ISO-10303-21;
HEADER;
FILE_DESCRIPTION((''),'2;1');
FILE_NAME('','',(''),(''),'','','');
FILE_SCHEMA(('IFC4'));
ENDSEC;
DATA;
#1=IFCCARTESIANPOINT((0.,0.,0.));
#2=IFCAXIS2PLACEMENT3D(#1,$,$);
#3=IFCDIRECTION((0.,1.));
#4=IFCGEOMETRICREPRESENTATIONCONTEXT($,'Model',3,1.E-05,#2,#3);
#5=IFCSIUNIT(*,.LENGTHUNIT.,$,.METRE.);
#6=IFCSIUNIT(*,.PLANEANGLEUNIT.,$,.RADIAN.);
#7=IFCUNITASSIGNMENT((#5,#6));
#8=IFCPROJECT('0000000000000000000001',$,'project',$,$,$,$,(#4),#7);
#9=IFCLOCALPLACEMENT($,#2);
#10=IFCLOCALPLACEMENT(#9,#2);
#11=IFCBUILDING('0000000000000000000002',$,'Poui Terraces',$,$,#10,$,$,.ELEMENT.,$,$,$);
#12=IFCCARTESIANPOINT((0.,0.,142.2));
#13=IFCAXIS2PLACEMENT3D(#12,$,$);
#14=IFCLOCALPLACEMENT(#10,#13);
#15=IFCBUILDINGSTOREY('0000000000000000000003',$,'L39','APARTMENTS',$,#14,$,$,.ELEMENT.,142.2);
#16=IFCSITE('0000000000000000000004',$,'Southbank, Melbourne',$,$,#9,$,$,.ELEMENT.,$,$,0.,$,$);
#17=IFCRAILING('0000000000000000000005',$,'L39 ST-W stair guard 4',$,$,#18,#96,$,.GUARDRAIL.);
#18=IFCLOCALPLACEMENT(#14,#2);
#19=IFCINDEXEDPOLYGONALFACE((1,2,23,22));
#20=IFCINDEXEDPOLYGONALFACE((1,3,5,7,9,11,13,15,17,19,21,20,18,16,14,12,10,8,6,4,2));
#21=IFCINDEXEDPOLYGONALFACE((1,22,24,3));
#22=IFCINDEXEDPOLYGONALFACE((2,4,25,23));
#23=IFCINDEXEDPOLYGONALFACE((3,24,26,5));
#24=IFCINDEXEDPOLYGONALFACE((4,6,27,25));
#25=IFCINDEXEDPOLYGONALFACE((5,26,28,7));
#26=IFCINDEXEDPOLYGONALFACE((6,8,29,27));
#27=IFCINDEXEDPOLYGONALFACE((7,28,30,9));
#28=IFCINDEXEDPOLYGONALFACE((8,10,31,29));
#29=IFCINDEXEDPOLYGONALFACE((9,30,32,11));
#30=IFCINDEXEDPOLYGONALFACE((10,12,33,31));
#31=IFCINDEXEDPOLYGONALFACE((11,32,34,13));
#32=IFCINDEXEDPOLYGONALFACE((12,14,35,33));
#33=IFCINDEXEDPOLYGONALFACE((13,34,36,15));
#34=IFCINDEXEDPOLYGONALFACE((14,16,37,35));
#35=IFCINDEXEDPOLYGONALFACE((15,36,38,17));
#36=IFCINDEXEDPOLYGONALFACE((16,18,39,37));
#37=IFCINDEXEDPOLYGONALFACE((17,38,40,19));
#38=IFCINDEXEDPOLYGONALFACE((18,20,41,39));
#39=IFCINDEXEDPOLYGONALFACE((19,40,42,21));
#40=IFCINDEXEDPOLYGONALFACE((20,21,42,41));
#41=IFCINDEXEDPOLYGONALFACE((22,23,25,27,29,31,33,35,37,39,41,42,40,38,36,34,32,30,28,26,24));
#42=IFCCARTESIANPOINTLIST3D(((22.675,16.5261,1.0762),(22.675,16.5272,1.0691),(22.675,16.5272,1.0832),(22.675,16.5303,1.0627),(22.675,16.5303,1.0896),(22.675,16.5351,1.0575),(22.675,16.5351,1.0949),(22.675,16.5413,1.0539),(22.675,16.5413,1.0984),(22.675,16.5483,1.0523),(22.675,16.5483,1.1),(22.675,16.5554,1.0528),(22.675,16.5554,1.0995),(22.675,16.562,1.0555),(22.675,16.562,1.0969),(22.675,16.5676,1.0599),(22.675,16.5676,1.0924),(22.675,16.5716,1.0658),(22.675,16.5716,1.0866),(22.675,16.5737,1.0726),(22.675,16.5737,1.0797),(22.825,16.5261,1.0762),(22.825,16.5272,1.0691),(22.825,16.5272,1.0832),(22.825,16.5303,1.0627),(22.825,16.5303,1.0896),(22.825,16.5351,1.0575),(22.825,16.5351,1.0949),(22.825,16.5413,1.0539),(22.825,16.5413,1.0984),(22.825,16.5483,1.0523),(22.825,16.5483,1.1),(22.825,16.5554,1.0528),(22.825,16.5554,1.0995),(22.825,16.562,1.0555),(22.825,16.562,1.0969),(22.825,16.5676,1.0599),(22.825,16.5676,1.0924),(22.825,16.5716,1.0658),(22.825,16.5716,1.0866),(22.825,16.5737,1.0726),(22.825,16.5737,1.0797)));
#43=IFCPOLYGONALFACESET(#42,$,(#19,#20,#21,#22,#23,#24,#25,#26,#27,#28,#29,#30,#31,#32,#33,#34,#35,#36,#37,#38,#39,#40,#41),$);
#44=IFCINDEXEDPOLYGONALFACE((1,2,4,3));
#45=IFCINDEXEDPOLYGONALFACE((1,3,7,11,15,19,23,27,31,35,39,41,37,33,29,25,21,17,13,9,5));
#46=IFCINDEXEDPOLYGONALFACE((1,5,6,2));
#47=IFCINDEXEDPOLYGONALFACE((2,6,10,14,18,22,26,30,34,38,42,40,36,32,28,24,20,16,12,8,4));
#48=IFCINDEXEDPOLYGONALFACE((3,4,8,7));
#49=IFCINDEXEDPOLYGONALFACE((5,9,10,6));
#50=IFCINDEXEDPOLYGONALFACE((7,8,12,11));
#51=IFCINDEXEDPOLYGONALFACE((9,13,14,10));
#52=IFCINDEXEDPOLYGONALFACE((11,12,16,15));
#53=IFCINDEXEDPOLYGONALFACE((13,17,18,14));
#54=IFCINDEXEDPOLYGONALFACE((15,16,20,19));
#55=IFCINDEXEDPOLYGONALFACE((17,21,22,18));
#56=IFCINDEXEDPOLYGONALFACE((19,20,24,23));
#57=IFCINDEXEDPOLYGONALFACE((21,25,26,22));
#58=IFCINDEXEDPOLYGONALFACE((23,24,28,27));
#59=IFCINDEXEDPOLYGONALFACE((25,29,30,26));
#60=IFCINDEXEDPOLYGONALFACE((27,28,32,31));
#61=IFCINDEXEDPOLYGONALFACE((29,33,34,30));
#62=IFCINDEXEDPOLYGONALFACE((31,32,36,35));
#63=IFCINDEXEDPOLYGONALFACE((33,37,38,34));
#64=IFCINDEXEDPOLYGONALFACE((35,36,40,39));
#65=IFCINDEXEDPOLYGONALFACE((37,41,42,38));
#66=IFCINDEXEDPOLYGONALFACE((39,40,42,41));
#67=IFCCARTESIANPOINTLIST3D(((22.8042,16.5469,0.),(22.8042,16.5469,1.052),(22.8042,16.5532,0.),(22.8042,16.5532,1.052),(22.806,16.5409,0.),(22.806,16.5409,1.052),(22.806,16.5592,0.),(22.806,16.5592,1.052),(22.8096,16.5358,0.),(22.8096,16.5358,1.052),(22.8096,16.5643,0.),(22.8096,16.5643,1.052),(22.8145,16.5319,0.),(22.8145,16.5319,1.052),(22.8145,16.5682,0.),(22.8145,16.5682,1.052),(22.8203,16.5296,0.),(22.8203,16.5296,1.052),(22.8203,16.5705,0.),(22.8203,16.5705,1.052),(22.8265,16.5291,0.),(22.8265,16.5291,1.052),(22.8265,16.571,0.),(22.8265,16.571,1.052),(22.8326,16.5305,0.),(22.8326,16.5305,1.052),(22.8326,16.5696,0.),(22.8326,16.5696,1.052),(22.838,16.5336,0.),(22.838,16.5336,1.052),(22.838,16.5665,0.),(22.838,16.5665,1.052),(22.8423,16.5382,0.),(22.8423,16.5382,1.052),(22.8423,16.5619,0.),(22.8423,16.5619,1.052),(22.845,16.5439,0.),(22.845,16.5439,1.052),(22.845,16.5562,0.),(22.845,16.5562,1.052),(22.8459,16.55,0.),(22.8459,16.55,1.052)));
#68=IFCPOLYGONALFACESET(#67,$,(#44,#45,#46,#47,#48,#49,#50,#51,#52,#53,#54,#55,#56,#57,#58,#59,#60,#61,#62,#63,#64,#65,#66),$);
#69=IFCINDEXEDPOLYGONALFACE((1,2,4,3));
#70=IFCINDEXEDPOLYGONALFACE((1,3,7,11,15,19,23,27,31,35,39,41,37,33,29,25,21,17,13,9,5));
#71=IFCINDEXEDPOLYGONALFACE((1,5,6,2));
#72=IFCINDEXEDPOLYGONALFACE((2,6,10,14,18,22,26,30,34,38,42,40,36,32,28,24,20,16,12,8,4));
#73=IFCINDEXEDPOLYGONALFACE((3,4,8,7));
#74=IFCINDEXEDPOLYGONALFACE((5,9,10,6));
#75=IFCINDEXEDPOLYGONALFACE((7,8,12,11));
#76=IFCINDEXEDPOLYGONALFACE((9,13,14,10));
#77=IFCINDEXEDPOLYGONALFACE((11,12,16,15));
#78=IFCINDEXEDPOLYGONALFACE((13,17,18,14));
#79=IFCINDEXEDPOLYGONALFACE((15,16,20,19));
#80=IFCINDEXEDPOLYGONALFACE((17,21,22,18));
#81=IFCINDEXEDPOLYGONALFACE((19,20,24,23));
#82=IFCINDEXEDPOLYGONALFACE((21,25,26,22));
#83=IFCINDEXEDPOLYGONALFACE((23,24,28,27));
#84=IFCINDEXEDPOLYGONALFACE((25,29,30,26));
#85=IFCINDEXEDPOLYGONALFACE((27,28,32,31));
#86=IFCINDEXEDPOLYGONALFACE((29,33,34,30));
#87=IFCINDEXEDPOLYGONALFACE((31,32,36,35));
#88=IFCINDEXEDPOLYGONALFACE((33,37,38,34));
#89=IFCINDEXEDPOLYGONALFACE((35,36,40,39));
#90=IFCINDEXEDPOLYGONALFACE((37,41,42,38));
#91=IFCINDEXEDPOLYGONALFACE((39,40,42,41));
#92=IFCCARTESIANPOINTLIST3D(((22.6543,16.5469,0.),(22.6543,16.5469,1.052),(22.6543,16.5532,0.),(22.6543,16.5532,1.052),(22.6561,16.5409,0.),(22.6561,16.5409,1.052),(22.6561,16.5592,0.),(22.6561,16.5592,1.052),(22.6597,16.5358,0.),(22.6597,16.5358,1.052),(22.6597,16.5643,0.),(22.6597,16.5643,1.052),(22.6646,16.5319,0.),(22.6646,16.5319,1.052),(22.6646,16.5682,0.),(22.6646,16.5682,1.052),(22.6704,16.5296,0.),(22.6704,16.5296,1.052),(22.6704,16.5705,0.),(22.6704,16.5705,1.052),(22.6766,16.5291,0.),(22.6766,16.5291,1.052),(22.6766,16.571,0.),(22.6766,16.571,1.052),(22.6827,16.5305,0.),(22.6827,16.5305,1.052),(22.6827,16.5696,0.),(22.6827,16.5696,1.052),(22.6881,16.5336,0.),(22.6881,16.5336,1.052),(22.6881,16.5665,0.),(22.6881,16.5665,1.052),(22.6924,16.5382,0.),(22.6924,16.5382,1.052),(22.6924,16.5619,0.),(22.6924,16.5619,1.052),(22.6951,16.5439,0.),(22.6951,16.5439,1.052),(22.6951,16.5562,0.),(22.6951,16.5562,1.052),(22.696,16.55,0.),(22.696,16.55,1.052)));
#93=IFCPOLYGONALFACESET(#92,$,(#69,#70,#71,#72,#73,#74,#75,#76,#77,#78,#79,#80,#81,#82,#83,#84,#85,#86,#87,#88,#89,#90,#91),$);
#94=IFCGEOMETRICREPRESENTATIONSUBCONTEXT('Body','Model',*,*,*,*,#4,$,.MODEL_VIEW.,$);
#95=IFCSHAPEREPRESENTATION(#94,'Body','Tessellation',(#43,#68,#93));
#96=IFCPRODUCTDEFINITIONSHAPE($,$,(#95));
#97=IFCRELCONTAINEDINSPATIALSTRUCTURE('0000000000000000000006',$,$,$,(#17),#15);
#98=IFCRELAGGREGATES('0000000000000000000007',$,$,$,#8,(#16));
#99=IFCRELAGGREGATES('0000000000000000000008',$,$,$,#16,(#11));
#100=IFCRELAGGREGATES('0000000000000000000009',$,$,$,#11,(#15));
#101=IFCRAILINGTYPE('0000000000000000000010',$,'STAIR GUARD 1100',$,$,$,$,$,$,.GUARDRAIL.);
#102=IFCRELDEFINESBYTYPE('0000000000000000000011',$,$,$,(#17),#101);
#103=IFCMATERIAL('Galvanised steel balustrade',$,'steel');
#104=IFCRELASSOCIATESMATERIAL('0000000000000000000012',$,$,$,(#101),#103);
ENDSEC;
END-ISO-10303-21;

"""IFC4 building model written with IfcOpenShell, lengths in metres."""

from ifc_helpers import new_model, si_unit, direction, frame, origin, origin_2d, place, context, subcontext, project, spatial, circle, extrude, material, type_object, element, save


model = new_model("IFC4")

# Units and contexts
model_context = context("Model", 3, precision=1e-05, world=origin(), true_north=direction((0.0, 1.0)))
body_context = subcontext(model_context, "Body", "Model", "MODEL_VIEW")
ifc_project = project(units=[si_unit("LENGTHUNIT", "METRE"), si_unit("PLANEANGLEUNIT", "RADIAN")], contexts=[model_context])

# Site, building, storey
site_placement = place(None, origin())
site = spatial("IfcSite", under=ifc_project, at=site_placement, Name="Southbank, Melbourne", CompositionType="ELEMENT", RefElevation=0.0)
building_placement = place(site_placement, origin())
building = spatial("IfcBuilding", under=site, at=building_placement, Name="Poui Terraces", CompositionType="ELEMENT")
storey_placement = place(building_placement, frame((0.0, 0.0, 142.2)))
storey = spatial("IfcBuildingStorey", under=building, at=storey_placement, Name="L39", Description="APARTMENTS", CompositionType="ELEMENT", Elevation=142.2)

# Railing
ifc_material_1 = material(Name="Galvanised steel balustrade", Category="steel")
railing_type = type_object("IfcRailingType", Name="STAIR GUARD 1100", PredefinedType="GUARDRAIL", material=ifc_material_1)
railing_1_placement = place(storey_placement, frame((22.825, 16.55, 0.0)))
element("IfcRailing", 1, at=railing_1_placement, inside=storey, type_object=railing_type, Name="L39 ST-W stair guard 4", PredefinedType="GUARDRAIL", context=body_context, shape_type="SweptSolid", body=[
    extrude(circle(Radius=0.0239, at=origin_2d()), frame((0.0, 0.0, 1.0762), z_axis=(-1.0, 0.0, 0.0), x_axis=(0.0, -1.0, 0.0)), (0.0, 0.0, 1.0), 0.1499),
    extrude(circle(Radius=0.021, at=origin_2d()), origin(), (0.0, 0.0, 1.0), 1.052),
    extrude(circle(Radius=0.021, at=origin_2d()), frame((-0.1499, 0.0, 0.0)), (0.0, 0.0, 1.0), 1.052),
])

save(model, "model.ifc")
